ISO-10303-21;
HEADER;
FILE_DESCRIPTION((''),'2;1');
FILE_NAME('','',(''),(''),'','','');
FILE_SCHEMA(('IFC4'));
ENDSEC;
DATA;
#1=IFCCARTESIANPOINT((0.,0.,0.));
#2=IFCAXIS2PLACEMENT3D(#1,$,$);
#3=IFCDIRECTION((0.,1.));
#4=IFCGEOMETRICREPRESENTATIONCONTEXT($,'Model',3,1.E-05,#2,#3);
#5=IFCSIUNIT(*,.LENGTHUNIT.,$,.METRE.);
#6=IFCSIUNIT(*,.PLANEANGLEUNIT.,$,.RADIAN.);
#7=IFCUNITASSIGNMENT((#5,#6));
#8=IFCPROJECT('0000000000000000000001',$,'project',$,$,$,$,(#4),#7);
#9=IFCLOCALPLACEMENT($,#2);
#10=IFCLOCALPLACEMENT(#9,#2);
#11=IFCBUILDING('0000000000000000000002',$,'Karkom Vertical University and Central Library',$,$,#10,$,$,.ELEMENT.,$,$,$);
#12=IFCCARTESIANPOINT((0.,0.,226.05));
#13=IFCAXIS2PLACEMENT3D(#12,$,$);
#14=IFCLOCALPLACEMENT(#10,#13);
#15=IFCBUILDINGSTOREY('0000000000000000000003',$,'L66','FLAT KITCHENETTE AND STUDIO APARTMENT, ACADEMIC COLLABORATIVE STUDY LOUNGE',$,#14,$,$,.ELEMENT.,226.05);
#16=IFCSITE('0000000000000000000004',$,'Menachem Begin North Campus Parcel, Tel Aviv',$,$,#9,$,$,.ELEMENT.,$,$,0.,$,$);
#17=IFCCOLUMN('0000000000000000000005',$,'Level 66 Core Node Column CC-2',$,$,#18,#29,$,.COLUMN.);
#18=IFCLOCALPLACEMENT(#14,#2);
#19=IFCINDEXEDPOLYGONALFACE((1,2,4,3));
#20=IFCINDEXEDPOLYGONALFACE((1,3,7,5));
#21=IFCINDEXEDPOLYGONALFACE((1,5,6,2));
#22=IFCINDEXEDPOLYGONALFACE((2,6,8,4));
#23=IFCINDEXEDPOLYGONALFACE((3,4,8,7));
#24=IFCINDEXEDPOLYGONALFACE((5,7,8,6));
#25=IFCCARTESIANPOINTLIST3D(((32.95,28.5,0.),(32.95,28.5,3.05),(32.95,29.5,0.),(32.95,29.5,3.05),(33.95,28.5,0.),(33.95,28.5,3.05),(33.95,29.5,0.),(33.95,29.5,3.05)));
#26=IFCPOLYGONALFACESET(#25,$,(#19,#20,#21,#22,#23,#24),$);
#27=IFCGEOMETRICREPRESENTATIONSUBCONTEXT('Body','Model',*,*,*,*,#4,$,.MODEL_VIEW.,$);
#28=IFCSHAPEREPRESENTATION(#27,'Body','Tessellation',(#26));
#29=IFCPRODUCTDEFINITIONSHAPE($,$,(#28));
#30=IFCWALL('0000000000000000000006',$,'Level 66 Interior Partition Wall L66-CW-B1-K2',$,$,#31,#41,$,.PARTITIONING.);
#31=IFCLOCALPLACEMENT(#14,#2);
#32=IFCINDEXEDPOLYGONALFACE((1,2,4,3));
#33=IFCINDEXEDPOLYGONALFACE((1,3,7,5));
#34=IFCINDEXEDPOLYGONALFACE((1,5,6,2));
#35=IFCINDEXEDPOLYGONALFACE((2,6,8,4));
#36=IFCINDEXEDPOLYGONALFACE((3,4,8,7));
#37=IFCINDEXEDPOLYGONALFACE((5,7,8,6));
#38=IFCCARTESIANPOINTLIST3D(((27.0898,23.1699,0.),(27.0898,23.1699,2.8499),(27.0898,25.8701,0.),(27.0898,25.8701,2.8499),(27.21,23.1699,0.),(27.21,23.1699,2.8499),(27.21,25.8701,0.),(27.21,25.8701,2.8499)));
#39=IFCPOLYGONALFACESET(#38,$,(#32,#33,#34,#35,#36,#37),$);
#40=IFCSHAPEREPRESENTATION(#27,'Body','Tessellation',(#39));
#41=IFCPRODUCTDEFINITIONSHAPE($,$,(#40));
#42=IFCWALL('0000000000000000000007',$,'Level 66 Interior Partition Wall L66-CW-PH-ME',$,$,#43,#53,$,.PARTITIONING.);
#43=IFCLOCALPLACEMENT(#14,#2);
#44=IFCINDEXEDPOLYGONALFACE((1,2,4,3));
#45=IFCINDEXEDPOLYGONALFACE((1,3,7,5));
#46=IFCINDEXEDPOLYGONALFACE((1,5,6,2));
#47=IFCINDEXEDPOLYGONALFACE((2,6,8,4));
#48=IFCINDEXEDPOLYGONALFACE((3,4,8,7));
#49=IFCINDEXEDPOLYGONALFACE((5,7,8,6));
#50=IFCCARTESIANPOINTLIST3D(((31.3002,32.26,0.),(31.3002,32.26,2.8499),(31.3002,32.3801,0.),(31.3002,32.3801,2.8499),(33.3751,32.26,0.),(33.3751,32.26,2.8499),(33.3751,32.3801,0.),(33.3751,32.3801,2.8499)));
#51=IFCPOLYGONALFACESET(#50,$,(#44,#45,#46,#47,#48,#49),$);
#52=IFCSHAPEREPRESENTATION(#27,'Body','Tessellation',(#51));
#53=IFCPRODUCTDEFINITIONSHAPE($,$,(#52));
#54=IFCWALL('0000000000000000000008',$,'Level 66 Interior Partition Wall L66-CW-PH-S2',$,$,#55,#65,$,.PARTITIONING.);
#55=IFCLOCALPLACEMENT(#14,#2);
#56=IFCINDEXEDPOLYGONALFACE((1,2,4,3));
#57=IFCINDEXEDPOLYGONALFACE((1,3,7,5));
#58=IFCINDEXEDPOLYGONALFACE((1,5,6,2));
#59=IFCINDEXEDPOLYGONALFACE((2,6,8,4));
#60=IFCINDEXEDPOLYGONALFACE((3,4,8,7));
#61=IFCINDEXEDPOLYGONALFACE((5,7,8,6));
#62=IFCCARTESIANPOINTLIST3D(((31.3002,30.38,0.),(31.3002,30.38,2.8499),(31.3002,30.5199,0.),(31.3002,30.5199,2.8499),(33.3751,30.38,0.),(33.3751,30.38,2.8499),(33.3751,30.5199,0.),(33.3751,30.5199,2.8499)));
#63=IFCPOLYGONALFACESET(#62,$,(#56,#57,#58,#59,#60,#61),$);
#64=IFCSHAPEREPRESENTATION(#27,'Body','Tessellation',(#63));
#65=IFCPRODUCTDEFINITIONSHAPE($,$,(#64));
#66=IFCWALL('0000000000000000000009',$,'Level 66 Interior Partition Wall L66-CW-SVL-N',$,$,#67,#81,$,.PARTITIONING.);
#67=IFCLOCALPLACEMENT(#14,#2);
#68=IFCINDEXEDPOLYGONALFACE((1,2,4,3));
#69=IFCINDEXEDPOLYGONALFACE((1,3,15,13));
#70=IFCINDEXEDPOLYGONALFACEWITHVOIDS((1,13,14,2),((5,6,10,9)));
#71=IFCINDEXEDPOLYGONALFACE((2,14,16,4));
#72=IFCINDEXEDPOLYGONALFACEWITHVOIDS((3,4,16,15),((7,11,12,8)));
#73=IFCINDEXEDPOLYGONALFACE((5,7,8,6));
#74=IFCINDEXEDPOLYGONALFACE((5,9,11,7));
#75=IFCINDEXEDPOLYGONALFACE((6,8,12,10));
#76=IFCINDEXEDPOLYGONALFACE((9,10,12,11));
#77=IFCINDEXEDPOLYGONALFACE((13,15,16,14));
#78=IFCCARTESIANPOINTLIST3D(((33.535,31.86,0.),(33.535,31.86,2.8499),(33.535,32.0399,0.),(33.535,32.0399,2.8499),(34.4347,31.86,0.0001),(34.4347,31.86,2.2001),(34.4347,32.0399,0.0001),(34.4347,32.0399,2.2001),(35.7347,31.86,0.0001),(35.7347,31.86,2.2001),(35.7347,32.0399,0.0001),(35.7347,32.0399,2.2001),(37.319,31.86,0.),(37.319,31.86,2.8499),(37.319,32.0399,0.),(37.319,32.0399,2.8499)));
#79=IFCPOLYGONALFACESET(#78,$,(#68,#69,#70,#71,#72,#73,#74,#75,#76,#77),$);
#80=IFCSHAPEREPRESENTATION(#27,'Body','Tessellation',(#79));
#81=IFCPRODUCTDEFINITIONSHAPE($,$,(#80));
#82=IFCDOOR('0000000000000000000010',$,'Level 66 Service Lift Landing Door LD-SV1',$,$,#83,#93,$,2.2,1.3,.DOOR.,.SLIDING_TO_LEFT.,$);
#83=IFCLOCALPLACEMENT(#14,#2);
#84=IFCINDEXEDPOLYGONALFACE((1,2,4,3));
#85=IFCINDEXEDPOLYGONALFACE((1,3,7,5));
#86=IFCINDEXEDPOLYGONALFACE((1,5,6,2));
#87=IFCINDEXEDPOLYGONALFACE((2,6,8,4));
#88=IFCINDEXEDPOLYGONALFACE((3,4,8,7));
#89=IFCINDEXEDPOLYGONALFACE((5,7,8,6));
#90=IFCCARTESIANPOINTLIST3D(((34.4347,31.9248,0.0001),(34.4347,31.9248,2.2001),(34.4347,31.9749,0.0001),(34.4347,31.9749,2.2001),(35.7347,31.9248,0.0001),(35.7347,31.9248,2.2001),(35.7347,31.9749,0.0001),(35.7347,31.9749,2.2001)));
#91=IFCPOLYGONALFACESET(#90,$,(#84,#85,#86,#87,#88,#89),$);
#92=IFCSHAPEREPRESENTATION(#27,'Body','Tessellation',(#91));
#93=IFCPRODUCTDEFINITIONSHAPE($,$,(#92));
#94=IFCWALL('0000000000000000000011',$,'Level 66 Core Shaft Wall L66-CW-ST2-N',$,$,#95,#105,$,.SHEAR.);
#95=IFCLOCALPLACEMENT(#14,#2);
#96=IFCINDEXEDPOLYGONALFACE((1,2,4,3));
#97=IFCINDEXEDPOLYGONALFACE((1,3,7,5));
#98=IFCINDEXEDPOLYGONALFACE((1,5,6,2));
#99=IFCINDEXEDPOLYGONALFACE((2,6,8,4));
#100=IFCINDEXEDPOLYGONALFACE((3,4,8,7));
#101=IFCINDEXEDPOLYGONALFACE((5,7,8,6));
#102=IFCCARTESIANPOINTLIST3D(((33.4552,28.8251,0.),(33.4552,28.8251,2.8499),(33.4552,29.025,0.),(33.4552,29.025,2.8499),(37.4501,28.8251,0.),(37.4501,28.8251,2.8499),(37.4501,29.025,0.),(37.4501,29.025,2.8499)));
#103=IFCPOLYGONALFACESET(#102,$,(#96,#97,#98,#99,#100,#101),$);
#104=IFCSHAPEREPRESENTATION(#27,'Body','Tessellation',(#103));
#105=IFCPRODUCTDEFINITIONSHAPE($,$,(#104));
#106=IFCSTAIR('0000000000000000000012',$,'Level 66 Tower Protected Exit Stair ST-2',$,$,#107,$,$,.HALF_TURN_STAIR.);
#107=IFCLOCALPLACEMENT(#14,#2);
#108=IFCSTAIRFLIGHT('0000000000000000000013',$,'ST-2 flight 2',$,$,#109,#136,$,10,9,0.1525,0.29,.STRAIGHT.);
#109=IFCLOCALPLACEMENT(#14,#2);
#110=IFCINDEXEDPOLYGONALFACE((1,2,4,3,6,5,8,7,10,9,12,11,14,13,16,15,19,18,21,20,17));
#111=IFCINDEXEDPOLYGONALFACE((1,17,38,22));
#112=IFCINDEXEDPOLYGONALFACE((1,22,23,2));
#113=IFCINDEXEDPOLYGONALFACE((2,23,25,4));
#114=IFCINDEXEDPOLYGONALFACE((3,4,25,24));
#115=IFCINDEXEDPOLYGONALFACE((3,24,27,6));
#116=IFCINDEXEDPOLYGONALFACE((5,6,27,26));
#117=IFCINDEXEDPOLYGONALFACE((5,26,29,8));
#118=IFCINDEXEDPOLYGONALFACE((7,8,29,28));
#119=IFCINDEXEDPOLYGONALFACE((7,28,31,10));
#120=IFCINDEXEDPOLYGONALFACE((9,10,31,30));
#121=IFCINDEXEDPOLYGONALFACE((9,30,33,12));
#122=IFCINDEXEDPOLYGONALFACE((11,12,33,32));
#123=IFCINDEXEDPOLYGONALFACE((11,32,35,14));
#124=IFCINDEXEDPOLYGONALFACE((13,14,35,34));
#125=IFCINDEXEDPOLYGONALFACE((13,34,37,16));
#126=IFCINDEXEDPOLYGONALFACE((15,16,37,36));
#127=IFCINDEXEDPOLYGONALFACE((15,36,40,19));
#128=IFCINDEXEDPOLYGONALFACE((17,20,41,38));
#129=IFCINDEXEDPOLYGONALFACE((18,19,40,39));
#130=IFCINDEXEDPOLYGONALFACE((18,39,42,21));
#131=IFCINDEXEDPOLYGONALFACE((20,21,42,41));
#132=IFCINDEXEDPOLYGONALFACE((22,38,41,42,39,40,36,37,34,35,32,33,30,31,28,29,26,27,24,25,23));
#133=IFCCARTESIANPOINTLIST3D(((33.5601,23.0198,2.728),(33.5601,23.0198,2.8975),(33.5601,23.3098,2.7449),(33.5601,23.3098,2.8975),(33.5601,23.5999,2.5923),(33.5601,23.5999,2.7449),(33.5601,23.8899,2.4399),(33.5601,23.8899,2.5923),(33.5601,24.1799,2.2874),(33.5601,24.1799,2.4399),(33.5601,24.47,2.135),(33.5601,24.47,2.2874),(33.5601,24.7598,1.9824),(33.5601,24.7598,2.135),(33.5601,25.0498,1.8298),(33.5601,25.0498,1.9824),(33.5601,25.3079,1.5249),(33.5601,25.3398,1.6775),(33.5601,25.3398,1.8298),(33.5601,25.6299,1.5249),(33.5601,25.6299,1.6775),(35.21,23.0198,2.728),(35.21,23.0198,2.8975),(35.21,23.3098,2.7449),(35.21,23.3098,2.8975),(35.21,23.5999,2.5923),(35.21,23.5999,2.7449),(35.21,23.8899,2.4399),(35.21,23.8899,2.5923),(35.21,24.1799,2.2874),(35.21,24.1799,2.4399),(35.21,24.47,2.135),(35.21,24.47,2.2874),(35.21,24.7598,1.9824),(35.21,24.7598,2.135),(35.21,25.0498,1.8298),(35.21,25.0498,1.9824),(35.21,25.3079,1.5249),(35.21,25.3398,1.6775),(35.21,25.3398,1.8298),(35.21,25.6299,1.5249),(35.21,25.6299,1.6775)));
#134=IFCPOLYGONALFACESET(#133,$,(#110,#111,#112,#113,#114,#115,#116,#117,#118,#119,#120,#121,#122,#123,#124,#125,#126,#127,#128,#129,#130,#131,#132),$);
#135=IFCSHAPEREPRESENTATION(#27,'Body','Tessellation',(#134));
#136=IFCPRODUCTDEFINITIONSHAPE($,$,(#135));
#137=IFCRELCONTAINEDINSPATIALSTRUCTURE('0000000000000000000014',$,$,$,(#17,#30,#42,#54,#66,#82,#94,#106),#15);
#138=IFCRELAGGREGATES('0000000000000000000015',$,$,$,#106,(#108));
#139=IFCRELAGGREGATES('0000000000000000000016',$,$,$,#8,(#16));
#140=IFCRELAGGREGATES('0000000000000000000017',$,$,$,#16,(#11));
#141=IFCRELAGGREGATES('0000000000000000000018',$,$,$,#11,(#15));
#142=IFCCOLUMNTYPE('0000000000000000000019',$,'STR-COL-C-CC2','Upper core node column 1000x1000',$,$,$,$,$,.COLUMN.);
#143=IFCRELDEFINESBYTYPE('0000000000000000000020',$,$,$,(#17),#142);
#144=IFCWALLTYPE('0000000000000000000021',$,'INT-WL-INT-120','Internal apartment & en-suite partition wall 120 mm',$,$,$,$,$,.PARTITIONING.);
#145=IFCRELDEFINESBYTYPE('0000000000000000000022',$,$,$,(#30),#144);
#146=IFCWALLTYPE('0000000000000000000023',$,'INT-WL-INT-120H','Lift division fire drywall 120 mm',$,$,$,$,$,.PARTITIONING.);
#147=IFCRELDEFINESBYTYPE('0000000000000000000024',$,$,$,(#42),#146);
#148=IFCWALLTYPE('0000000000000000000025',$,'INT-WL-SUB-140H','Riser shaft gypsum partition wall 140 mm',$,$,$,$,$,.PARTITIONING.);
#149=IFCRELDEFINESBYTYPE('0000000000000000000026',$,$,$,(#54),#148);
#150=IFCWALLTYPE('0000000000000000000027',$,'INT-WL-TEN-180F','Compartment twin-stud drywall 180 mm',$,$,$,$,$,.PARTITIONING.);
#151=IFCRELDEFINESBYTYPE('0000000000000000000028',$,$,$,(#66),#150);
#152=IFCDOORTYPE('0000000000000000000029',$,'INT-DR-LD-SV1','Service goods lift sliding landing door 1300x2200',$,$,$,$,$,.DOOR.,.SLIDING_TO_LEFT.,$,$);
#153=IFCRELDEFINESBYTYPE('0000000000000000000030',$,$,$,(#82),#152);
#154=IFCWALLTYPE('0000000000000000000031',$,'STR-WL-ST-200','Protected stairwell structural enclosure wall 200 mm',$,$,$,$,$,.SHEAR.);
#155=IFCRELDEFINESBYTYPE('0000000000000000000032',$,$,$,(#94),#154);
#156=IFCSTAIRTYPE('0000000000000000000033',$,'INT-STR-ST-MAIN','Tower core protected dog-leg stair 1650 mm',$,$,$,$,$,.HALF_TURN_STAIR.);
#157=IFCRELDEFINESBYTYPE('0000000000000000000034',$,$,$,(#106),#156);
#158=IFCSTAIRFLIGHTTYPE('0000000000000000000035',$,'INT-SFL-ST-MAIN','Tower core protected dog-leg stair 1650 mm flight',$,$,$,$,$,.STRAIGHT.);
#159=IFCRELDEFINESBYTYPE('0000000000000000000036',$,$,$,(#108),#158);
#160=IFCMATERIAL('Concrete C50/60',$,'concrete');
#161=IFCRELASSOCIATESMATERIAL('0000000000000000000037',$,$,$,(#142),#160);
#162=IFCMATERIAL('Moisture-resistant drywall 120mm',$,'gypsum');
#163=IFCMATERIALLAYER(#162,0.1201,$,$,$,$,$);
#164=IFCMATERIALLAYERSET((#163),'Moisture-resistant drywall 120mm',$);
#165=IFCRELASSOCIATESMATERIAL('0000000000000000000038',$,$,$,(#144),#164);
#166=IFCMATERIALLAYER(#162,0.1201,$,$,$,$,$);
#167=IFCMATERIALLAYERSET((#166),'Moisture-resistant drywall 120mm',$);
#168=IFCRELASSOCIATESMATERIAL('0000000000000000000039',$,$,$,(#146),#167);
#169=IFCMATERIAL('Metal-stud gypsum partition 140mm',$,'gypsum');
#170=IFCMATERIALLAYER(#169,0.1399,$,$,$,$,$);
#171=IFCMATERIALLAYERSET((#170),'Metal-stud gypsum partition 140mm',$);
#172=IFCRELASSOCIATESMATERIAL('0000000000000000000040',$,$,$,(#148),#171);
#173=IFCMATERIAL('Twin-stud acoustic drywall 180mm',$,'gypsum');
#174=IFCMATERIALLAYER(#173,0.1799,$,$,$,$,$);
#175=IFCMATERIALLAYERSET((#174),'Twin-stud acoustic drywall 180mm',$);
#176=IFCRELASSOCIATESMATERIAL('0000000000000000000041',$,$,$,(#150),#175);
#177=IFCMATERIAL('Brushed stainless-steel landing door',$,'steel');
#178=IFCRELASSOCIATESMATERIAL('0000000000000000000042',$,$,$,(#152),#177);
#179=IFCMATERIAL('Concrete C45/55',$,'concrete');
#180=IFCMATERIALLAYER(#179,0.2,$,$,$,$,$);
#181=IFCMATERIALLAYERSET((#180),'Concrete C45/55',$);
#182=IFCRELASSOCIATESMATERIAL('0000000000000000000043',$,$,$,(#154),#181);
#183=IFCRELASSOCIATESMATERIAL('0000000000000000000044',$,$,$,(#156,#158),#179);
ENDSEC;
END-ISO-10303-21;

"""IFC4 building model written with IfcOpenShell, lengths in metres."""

from ifc_helpers import new_model, si_unit, direction, frame, frame_2d, origin, origin_with_axes, origin_2d, place, context, subcontext, project, spatial, polyline, rectangle, outline, extrude, source, transform, mapped, material, layer, layer_set, material_profile, profile_set, type_object, element, fill, aggregate, save


model = new_model("IFC4")

# Units and contexts
model_context = context("Model", 3, precision=1e-05, world=origin(), true_north=direction((0.0, 1.0)))
body_context = subcontext(model_context, "Body", "Model", "MODEL_VIEW")
ifc_project = project(units=[si_unit("LENGTHUNIT", "METRE"), si_unit("PLANEANGLEUNIT", "RADIAN")], contexts=[model_context])

# Site, building, storey
site_placement = place(None, origin())
site = spatial("IfcSite", under=ifc_project, at=site_placement, Name="Menachem Begin North Campus Parcel, Tel Aviv", CompositionType="ELEMENT", RefElevation=0.0)
building_placement = place(site_placement, origin())
building = spatial("IfcBuilding", under=site, at=building_placement, Name="Karkom Vertical University and Central Library", CompositionType="ELEMENT")
storey_placement = place(building_placement, frame((0.0, 0.0, 226.05)))
storey = spatial("IfcBuildingStorey", under=building, at=storey_placement, Name="L66", Description="FLAT KITCHENETTE AND STUDIO APARTMENT, ACADEMIC COLLABORATIVE STUDY LOUNGE", CompositionType="ELEMENT", Elevation=226.05)

# Column
ifc_material_1 = material(Name="Concrete C50/60", Category="concrete")
ifc_material_profile = material_profile(ifc_material_1, rectangle(XDim=1.0, YDim=1.0, at=origin_2d()), Name="RC-1000x1000")
ifc_profile_set = profile_set([ifc_material_profile], Name="Concrete C50/60")
column_type = type_object("IfcColumnType", Name="STR-COL-C-CC2", Description="Upper core node column 1000x1000", PredefinedType="COLUMN", material=ifc_profile_set)
shared_shape_1 = source(origin_with_axes(), body_context, "Body", "SweptSolid", [
    extrude(rectangle(XDim=1.0, YDim=1.0, at=origin_2d()), origin(), (0.0, 0.0, 1.0), 3.05),
])
column_placement = place(storey_placement, frame((33.45, 29.0, 0.0), z_axis=(0.0, 0.0, 1.0), x_axis=(1.0, 0.0, 0.0)))
element("IfcColumn", 1, at=column_placement, inside=storey, type_object=column_type, Name="Level 66 Core Node Column CC-2", PredefinedType="COLUMN", context=body_context, shape_type="MappedRepresentation", body=[
    mapped(shared_shape_1, transform((0.0, 0.0, 0.0), scale=1.0)),
])

# Walls
ifc_material_2 = material(Name="Moisture-resistant drywall 120mm", Category="gypsum")
ifc_layer_1 = layer(ifc_material_2, 0.1201)
ifc_layer_set_1 = layer_set([ifc_layer_1], Name="Moisture-resistant drywall 120mm")
wall_type_1 = type_object("IfcWallType", Name="INT-WL-INT-120", Description="Internal apartment & en-suite partition wall 120 mm", PredefinedType="PARTITIONING", material=ifc_layer_set_1)
wall_1_placement = place(storey_placement, frame((27.1499, 23.1699, 0.0), z_axis=(0.0, 0.0, 1.0), x_axis=(0.0, 1.0, 0.0)))
element("IfcWall", 2, at=wall_1_placement, inside=storey, type_object=wall_type_1, Name="Level 66 Interior Partition Wall L66-CW-B1-K2", PredefinedType="PARTITIONING", context=body_context, shape_type="SweptSolid", body=[
    extrude(rectangle(XDim=2.7002, YDim=0.1201, at=frame_2d((1.3501, 0.0))), origin(), (0.0, 0.0, 1.0), 2.8499),
])
ifc_layer_2 = layer(ifc_material_2, 0.1201)
ifc_layer_set_2 = layer_set([ifc_layer_2], Name="Moisture-resistant drywall 120mm")
wall_type_2 = type_object("IfcWallType", Name="INT-WL-INT-120H", Description="Lift division fire drywall 120 mm", PredefinedType="PARTITIONING", material=ifc_layer_set_2)
wall_2_placement = place(storey_placement, frame((31.3, 32.3201, 0.0), z_axis=(0.0, 0.0, 1.0), x_axis=(1.0, 0.0, 0.0)))
element("IfcWall", 3, at=wall_2_placement, inside=storey, type_object=wall_type_2, Name="Level 66 Interior Partition Wall L66-CW-PH-ME", PredefinedType="PARTITIONING", context=body_context, shape_type="SweptSolid", body=[
    extrude(rectangle(XDim=2.075, YDim=0.1201, at=frame_2d((1.0376, 0.0))), origin(), (0.0, 0.0, 1.0), 2.8499),
])

# Shared definitions
ifc_material_3 = material(Name="Metal-stud gypsum partition 140mm", Category="gypsum")
ifc_layer_3 = layer(ifc_material_3, 0.1399)
ifc_layer_set_3 = layer_set([ifc_layer_3], Name="Metal-stud gypsum partition 140mm")
wall_type_3 = type_object("IfcWallType", Name="INT-WL-SUB-140H", Description="Riser shaft gypsum partition wall 140 mm", PredefinedType="PARTITIONING", material=ifc_layer_set_3)
ifc_material_4 = material(Name="Brushed stainless-steel landing door", Category="steel")

# Wall
wall_3_placement = place(storey_placement, frame((31.3, 30.45, 0.0), z_axis=(0.0, 0.0, 1.0), x_axis=(1.0, 0.0, 0.0)))
element("IfcWall", 4, at=wall_3_placement, inside=storey, type_object=wall_type_3, Name="Level 66 Interior Partition Wall L66-CW-PH-S2", PredefinedType="PARTITIONING", context=body_context, shape_type="SweptSolid", body=[
    extrude(rectangle(XDim=2.075, YDim=0.1399, at=frame_2d((1.0376, 0.0))), origin(), (0.0, 0.0, 1.0), 2.8499),
])

# Wall, opening, door
ifc_material_5 = material(Name="Twin-stud acoustic drywall 180mm", Category="gypsum")
ifc_layer_4 = layer(ifc_material_5, 0.1799)
ifc_layer_set_4 = layer_set([ifc_layer_4], Name="Twin-stud acoustic drywall 180mm")
wall_type_4 = type_object("IfcWallType", Name="INT-WL-TEN-180F", Description="Compartment twin-stud drywall 180 mm", PredefinedType="PARTITIONING", material=ifc_layer_set_4)
wall_4_placement = place(storey_placement, frame((33.5349, 31.95, 0.0), z_axis=(0.0, 0.0, 1.0), x_axis=(1.0, 0.0, 0.0)))
wall_4 = element("IfcWall", 5, at=wall_4_placement, inside=storey, type_object=wall_type_4, Name="Level 66 Interior Partition Wall L66-CW-SVL-N", PredefinedType="PARTITIONING", context=body_context, shape_type="SweptSolid", body=[
    extrude(rectangle(XDim=3.7839, YDim=0.1799, at=frame_2d((1.8921, 0.0))), origin(), (0.0, 0.0, 1.0), 2.8499),
])
opening_1_placement = place(wall_4_placement, frame((0.8999, 0.0, 0.0)))
opening_1 = element("IfcOpeningElement", 6, at=opening_1_placement, cuts=wall_4, PredefinedType="OPENING", context=body_context, shape_type="SweptSolid", body=[
    extrude(rectangle(XDim=1.3, YDim=2.2, at=frame_2d((0.6499, 1.1001))), frame((0.0, 0.1001, 0.0), z_axis=(0.0, -1.0, 0.0), x_axis=(1.0, 0.0, 0.0)), (0.0, 0.0, 1.0), 0.2),
])
door_type_1 = type_object("IfcDoorType", Name="INT-DR-LD-SV1", Description="Service goods lift sliding landing door 1300x2200", OperationType="SLIDING_TO_LEFT", PredefinedType="DOOR", material=ifc_material_4)
shared_shape_2 = source(origin_with_axes(), body_context, "Body", "SweptSolid", [
    extrude(rectangle(XDim=1.3, YDim=2.2, at=frame_2d((0.6499, 1.1001))), frame((0.0, 0.0249, 0.0), z_axis=(0.0, -1.0, 0.0), x_axis=(1.0, 0.0, 0.0)), (0.0, 0.0, 1.0), 0.05),
])
door_1_placement = place(opening_1_placement, origin())
door_1 = element("IfcDoor", 7, at=door_1_placement, inside=storey, type_object=door_type_1, Name="Level 66 Service Lift Landing Door LD-SV1", OperationType="SLIDING_TO_LEFT", OverallHeight=2.2, OverallWidth=1.3, PredefinedType="DOOR", context=body_context, shape_type="MappedRepresentation", body=[
    mapped(shared_shape_2, transform((0.0, 0.0, 0.0), scale=1.0)),
])
fill(opening_1, door_1)

# Wall
ifc_material_6 = material(Name="Concrete C45/55", Category="concrete")
ifc_layer_5 = layer(ifc_material_6, 0.2)
ifc_layer_set_5 = layer_set([ifc_layer_5], Name="Concrete C45/55")
wall_type_5 = type_object("IfcWallType", Name="STR-WL-ST-200", Description="Protected stairwell structural enclosure wall 200 mm", PredefinedType="SHEAR", material=ifc_layer_set_5)
wall_5_placement = place(storey_placement, frame((33.4551, 28.925, 0.0), z_axis=(0.0, 0.0, 1.0), x_axis=(1.0, 0.0, 0.0)))
element("IfcWall", 8, at=wall_5_placement, inside=storey, type_object=wall_type_5, Name="Level 66 Core Shaft Wall L66-CW-ST2-N", PredefinedType="SHEAR", context=body_context, shape_type="SweptSolid", body=[
    extrude(rectangle(XDim=3.9949, YDim=0.2, at=frame_2d((1.9976, 0.0))), origin(), (0.0, 0.0, 1.0), 2.8499),
])

# Stair, stair flight
stair_type = type_object("IfcStairType", Name="INT-STR-ST-MAIN", Description="Tower core protected dog-leg stair 1650 mm", PredefinedType="HALF_TURN_STAIR", material=ifc_material_6)
stair_placement = place(storey_placement, origin())
stair = element("IfcStair", 9, at=stair_placement, inside=storey, type_object=stair_type, Name="Level 66 Tower Protected Exit Stair ST-2", PredefinedType="HALF_TURN_STAIR")
stair_flight_type = type_object("IfcStairFlightType", Name="INT-SFL-ST-MAIN", Description="Tower core protected dog-leg stair 1650 mm flight", PredefinedType="STRAIGHT", material=ifc_material_6)
stair_flight_placement = place(storey_placement, frame((34.385, 25.6299, 1.5249), z_axis=(0.0, 0.0, 1.0), x_axis=(0.0, -1.0, 0.0)))
stair_flight = element("IfcStairFlight", 10, at=stair_flight_placement, type_object=stair_flight_type, Name="ST-2 flight 2", NumberOfRisers=10, NumberOfTreads=9, PredefinedType="STRAIGHT", RiserHeight=0.1525, TreadLength=0.29, context=body_context, shape_type="SweptSolid", body=[
    extrude(outline(polyline([(0.0, 0.0), (0.0, 0.1526), (0.29, 0.1526), (0.29, 0.3049), (0.5801, 0.3049), (0.5801, 0.4575), (0.8701, 0.4575), (0.8701, 0.6101), (1.1599, 0.6101), (1.1599, 0.7625), (1.45, 0.7625), (1.45, 0.915), (1.74, 0.915), (1.74, 1.0674), (2.03, 1.0674), (2.03, 1.22), (2.3201, 1.22), (2.3201, 1.3726), (2.6101, 1.3726), (2.6101, 1.5249), (2.6101, 1.2031), (0.322, 0.0), (0.0, 0.0)])), frame((0.0, 0.825, 0.0), z_axis=(0.0, -1.0, 0.0), x_axis=(1.0, 0.0, 0.0)), (0.0, 0.0, 1.0), 1.6499),
])
aggregate(stair, [stair_flight])

save(model, "model.ifc")
